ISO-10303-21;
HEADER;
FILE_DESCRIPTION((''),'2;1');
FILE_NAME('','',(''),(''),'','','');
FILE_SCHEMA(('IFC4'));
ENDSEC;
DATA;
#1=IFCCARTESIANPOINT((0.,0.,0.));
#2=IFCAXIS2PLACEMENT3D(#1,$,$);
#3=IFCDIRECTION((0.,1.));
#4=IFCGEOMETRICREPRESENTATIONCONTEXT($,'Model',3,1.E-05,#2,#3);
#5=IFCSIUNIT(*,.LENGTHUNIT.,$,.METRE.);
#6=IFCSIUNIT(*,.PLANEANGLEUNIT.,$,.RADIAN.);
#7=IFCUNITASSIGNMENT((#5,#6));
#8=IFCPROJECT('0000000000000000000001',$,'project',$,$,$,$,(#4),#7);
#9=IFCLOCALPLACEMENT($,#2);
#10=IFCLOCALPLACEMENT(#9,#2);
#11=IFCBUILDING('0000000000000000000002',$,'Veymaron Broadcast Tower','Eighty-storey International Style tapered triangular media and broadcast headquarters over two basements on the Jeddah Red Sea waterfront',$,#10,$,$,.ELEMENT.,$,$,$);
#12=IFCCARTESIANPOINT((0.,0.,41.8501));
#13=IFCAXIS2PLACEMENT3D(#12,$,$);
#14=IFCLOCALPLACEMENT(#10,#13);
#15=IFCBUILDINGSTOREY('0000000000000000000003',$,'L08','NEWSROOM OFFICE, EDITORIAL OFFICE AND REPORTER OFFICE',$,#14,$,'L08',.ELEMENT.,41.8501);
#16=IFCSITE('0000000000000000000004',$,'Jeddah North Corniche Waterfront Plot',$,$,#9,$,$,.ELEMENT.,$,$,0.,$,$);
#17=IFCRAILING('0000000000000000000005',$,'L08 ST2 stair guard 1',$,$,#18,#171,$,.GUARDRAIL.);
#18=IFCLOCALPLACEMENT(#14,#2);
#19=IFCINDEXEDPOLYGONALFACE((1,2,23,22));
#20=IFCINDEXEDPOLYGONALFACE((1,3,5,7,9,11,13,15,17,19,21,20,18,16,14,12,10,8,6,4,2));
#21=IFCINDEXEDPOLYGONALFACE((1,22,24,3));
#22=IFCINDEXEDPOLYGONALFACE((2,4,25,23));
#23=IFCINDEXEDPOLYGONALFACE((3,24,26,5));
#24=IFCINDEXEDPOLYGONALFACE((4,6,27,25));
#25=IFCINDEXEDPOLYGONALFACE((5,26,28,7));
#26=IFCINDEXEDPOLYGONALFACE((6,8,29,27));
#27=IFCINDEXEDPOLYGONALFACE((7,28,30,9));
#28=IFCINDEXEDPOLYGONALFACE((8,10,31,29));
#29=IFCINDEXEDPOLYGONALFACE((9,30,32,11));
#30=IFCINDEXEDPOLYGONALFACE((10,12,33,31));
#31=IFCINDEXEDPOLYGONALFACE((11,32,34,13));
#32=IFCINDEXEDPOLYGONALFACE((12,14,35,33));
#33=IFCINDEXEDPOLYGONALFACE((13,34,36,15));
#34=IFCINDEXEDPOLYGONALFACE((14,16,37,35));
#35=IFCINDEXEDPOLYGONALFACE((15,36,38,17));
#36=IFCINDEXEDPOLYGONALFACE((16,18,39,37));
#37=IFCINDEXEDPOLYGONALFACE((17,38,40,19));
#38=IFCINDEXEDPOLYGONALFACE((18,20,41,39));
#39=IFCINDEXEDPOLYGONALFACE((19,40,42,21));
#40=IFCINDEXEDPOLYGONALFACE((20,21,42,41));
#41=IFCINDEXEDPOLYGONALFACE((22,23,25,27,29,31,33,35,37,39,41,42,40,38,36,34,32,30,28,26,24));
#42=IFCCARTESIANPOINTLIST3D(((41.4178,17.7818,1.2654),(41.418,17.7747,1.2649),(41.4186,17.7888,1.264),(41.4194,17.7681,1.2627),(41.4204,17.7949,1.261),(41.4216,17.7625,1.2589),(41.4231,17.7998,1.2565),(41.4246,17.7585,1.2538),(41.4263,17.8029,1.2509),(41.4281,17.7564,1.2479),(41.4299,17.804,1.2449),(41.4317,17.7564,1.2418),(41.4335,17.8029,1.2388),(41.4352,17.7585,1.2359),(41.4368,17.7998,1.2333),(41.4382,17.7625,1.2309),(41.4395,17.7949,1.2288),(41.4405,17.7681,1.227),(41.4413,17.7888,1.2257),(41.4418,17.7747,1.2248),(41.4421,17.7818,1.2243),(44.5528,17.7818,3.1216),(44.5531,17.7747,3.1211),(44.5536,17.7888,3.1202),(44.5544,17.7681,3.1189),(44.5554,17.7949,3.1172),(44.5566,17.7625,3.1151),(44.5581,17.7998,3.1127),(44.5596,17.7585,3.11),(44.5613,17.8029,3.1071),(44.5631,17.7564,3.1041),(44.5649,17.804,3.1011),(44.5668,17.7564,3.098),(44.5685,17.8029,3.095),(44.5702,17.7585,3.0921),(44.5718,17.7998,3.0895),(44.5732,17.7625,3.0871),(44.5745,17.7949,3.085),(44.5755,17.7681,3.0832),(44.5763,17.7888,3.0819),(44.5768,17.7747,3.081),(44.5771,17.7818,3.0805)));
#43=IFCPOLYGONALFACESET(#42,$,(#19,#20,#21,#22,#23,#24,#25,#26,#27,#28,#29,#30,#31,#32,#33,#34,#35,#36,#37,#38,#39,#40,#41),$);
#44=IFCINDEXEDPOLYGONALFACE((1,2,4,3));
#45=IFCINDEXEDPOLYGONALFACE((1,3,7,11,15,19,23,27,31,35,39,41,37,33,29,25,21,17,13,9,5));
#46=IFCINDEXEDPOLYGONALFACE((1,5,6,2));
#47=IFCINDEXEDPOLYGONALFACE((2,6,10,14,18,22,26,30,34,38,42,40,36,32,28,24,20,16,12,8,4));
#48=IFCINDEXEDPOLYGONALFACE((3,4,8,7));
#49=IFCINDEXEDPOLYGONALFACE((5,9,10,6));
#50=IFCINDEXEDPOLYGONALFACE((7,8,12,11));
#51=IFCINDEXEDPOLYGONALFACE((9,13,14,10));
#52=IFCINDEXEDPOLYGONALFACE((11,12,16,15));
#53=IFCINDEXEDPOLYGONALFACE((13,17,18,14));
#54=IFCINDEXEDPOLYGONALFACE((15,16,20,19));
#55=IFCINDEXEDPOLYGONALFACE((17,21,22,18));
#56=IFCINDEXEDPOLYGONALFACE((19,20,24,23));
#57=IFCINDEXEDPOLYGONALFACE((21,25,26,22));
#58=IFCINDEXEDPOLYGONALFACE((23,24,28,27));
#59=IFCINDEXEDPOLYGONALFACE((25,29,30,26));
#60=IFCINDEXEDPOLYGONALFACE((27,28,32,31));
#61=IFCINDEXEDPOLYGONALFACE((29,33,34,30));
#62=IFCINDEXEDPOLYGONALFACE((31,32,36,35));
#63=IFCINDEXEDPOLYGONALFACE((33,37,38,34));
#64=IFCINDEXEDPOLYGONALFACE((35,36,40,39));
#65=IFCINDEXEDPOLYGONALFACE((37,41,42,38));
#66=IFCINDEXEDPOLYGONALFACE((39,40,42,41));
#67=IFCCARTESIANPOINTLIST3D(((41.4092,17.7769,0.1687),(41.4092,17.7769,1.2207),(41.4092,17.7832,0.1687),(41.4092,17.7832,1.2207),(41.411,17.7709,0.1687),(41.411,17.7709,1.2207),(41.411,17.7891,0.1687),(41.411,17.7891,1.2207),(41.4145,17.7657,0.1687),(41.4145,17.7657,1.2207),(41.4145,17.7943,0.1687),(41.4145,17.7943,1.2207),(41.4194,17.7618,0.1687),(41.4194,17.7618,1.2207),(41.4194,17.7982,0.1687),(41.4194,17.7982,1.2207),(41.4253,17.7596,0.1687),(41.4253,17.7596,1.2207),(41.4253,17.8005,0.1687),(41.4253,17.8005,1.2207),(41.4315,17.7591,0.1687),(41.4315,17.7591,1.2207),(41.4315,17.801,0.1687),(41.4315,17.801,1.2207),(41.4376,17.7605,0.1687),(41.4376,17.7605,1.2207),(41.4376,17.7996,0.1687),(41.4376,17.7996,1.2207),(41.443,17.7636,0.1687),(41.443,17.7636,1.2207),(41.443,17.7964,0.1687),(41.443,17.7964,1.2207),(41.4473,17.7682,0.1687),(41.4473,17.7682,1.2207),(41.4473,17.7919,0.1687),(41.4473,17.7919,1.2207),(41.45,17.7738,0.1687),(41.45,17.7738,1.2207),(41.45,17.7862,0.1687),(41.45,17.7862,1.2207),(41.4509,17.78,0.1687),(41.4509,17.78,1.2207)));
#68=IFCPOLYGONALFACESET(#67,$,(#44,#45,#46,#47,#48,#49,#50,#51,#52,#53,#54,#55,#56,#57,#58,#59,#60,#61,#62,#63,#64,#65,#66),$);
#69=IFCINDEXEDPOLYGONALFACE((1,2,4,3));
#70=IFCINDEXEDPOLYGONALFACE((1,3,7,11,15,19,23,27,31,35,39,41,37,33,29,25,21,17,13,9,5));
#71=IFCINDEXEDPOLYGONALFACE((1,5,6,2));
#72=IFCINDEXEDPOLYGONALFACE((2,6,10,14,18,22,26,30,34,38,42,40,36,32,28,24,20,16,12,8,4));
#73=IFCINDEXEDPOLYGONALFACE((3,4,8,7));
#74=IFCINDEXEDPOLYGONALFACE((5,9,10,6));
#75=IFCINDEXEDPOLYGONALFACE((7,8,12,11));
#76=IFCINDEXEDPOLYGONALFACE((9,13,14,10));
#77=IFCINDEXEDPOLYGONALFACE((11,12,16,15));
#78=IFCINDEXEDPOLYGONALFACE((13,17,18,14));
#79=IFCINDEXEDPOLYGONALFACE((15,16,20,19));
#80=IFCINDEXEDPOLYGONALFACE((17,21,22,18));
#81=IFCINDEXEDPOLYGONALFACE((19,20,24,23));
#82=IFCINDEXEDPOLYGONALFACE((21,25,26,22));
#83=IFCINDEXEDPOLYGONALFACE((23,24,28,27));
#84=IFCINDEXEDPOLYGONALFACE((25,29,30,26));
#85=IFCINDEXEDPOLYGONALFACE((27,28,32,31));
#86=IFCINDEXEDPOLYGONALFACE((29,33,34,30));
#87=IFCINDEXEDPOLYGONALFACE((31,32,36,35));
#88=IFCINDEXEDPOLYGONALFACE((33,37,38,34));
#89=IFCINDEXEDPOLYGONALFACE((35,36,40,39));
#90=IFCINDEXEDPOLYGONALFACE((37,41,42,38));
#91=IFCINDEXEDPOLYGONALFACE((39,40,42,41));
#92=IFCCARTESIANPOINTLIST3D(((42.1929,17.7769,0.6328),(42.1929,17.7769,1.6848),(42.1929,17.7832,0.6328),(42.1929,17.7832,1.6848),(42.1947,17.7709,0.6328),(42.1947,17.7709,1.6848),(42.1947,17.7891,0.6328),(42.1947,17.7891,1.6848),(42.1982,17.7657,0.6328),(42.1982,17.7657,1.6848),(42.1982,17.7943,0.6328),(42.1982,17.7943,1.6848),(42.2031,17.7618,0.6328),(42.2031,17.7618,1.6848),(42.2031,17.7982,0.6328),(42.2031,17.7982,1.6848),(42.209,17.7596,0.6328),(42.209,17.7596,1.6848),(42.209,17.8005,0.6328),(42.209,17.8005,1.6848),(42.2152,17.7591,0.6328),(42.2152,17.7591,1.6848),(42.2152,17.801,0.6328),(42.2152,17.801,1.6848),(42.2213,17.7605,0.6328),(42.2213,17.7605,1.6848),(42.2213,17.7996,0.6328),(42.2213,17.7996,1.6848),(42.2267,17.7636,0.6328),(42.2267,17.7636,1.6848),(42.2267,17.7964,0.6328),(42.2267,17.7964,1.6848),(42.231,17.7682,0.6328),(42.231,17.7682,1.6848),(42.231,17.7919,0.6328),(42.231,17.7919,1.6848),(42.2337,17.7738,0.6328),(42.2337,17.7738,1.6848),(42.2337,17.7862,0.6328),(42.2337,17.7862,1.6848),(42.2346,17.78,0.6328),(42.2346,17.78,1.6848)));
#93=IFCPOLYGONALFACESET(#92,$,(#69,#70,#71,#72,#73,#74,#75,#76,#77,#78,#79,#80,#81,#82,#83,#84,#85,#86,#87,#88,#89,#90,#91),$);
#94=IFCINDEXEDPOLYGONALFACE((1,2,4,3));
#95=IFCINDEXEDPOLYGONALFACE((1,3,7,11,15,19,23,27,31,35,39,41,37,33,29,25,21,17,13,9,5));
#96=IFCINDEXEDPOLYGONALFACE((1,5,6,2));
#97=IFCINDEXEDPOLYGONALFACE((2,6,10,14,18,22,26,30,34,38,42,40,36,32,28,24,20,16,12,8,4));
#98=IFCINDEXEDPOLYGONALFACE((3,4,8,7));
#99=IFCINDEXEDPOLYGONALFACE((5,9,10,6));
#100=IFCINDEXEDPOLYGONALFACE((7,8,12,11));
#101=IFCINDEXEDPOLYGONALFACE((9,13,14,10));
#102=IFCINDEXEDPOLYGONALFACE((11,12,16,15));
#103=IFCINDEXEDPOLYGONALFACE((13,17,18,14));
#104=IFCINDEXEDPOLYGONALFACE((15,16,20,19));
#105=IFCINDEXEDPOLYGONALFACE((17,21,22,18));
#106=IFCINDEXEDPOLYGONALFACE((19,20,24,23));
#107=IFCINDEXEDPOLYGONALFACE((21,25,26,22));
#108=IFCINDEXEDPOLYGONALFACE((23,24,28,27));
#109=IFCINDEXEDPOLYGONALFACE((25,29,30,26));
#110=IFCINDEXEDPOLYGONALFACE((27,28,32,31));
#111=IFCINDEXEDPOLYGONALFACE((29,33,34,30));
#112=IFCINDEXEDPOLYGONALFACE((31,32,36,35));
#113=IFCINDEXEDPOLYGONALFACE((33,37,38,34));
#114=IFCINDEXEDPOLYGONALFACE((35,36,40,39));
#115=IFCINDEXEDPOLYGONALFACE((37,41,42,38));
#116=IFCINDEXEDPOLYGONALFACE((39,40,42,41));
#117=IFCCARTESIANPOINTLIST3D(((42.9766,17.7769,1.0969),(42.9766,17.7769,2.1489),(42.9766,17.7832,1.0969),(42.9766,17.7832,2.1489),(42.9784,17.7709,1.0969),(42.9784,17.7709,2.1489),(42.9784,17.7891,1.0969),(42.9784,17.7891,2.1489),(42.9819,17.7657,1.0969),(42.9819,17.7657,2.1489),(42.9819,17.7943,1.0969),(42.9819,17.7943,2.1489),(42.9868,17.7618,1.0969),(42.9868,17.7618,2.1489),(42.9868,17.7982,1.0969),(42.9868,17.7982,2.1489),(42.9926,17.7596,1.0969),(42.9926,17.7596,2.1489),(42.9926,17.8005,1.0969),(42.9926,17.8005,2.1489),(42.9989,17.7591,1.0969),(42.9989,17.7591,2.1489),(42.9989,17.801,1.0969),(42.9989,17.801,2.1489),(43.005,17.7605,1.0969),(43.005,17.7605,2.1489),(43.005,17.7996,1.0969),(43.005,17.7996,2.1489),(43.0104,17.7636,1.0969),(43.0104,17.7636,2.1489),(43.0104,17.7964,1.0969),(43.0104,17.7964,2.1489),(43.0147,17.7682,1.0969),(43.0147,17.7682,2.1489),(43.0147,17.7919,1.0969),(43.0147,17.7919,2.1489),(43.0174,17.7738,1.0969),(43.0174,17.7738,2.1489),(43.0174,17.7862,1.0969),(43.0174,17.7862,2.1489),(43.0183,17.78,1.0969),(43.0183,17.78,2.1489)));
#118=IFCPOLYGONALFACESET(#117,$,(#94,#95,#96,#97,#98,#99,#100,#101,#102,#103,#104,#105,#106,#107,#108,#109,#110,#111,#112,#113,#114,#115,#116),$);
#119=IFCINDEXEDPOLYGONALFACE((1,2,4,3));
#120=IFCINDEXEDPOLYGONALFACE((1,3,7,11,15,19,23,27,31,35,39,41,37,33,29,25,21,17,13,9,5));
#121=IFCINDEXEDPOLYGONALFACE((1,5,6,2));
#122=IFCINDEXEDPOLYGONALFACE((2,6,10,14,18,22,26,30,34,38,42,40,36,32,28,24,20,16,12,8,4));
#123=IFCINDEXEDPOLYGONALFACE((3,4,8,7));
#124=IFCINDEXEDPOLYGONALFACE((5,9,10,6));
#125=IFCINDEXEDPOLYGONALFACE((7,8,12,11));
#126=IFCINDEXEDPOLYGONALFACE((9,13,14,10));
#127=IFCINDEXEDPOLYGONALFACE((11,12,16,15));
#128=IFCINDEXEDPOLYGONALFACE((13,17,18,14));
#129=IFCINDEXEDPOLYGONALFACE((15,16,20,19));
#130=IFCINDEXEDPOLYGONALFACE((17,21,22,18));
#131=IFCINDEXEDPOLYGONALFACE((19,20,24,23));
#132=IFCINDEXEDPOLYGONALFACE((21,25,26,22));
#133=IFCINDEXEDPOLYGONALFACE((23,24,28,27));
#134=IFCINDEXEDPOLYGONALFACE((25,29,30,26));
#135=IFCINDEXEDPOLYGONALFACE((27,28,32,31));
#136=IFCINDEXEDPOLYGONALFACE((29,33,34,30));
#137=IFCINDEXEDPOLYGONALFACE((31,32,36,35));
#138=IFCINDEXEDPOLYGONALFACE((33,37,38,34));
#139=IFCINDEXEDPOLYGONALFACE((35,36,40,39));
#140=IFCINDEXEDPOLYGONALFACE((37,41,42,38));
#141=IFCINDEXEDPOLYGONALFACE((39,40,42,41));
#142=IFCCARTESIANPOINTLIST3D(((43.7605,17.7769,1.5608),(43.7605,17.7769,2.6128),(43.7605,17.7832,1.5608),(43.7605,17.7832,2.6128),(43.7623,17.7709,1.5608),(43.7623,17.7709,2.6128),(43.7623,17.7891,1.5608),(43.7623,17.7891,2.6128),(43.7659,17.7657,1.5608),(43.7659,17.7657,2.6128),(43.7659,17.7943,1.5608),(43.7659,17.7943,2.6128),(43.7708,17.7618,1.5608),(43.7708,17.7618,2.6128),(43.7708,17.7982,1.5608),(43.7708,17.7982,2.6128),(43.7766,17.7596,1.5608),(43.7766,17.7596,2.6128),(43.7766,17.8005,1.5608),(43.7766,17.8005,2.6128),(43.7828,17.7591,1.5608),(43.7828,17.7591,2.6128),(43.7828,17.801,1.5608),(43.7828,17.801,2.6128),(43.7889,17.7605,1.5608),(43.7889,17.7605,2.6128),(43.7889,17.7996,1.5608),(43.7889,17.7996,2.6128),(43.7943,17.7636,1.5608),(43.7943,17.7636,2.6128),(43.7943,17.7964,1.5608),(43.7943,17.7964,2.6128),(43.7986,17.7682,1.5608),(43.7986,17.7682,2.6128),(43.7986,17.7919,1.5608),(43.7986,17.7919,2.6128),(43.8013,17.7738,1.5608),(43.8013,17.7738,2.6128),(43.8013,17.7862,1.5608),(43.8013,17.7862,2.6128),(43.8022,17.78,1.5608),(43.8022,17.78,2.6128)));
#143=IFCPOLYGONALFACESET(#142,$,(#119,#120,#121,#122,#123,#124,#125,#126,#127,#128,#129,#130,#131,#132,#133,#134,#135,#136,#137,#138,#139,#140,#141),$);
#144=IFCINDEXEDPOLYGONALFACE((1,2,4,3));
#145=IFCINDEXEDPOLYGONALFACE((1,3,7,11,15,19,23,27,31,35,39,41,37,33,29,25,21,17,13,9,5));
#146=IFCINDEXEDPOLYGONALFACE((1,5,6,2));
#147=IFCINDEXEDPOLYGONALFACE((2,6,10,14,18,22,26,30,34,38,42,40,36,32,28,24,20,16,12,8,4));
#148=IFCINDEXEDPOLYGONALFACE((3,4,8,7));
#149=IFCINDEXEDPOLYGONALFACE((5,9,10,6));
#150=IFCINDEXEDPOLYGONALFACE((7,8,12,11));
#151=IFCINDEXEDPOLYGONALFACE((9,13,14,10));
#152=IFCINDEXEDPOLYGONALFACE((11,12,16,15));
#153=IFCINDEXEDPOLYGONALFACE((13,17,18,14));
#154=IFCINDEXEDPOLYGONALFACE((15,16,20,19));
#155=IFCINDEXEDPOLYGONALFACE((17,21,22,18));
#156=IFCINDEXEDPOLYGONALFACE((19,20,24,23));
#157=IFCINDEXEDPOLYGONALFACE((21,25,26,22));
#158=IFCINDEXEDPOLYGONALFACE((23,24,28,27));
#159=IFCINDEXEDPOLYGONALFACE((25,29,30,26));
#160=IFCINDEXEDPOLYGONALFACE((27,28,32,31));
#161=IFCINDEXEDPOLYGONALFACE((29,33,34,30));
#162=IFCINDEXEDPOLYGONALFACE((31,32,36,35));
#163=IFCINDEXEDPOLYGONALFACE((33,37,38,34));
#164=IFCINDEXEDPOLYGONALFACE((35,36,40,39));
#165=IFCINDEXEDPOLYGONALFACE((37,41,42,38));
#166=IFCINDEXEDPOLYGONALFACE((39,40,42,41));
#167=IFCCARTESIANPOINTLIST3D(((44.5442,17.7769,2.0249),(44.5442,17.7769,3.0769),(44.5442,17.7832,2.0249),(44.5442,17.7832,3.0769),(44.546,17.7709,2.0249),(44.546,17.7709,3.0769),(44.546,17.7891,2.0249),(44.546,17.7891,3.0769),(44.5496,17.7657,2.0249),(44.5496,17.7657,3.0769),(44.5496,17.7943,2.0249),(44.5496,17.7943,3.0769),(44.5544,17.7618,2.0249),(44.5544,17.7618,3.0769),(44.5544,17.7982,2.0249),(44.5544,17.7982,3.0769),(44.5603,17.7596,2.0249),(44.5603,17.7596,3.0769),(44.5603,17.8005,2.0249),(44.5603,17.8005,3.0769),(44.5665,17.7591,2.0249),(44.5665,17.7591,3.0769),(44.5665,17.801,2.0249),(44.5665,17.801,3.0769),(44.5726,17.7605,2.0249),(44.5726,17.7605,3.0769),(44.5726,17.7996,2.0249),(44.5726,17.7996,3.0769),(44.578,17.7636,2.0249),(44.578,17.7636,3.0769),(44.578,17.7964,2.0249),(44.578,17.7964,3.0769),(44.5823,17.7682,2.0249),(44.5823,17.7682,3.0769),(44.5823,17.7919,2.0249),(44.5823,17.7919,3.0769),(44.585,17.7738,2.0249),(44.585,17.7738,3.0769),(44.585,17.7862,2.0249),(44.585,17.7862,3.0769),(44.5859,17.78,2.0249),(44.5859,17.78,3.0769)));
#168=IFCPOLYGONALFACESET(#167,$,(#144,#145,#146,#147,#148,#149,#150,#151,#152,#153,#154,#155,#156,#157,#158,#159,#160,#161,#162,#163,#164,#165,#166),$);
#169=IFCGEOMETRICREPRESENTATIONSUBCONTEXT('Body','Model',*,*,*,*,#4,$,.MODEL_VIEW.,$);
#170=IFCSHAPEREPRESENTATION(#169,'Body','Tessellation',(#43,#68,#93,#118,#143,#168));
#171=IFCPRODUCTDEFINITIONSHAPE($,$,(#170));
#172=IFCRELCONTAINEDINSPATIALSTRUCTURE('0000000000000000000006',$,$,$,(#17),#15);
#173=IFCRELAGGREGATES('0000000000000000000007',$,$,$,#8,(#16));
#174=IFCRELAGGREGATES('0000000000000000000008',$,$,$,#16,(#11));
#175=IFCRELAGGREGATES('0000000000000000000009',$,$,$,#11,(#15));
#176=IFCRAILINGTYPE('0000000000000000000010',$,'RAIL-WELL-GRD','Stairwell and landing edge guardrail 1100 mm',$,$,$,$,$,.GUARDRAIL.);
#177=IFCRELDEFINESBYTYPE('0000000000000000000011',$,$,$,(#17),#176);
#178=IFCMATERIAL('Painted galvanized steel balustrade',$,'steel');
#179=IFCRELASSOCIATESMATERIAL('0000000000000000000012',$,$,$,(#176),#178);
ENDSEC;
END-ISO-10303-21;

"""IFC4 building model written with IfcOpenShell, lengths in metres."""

from ifc_helpers import new_model, si_unit, direction, frame, origin, origin_2d, place, context, subcontext, project, spatial, circle, extrude, material, type_object, element, save


model = new_model("IFC4")

# Units and contexts
model_context = context("Model", 3, precision=1e-05, world=origin(), true_north=direction((0.0, 1.0)))
body_context = subcontext(model_context, "Body", "Model", "MODEL_VIEW")
ifc_project = project(units=[si_unit("LENGTHUNIT", "METRE"), si_unit("PLANEANGLEUNIT", "RADIAN")], contexts=[model_context])

# Site, building, storey
site_placement = place(None, origin())
site = spatial("IfcSite", under=ifc_project, at=site_placement, Name="Jeddah North Corniche Waterfront Plot", CompositionType="ELEMENT", RefElevation=0.0)
building_placement = place(site_placement, origin())
building = spatial("IfcBuilding", under=site, at=building_placement, Name="Veymaron Broadcast Tower", Description="Eighty-storey International Style tapered triangular media and broadcast headquarters over two basements on the Jeddah Red Sea waterfront", CompositionType="ELEMENT")
storey_placement = place(building_placement, frame((0.0, 0.0, 41.8501)))
storey = spatial("IfcBuildingStorey", under=building, at=storey_placement, Name="L08", Description="NEWSROOM OFFICE, EDITORIAL OFFICE AND REPORTER OFFICE", LongName="L08", CompositionType="ELEMENT", Elevation=41.8501)

# Railing
ifc_material_1 = material(Name="Painted galvanized steel balustrade", Category="steel")
railing_type_1 = type_object("IfcRailingType", Name="RAIL-WELL-GRD", Description="Stairwell and landing edge guardrail 1100 mm", PredefinedType="GUARDRAIL", material=ifc_material_1)
railing_1_placement = place(storey_placement, frame((41.4299, 17.78, 0.1687)))
element("IfcRailing", 1, at=railing_1_placement, inside=storey, type_object=railing_type_1, Name="L08 ST2 stair guard 1", PredefinedType="GUARDRAIL", context=body_context, shape_type="SweptSolid", body=[
    extrude(circle(Radius=0.0239, at=origin_2d()), frame((0.0, 0.0, 1.0762), z_axis=(0.860482, 0.0, 0.509481), x_axis=(0.0, 1.0, 0.0)), (0.0, 0.0, 1.0), 3.6433),
    extrude(circle(Radius=0.021, at=origin_2d()), origin(), (0.0, 0.0, 1.0), 1.052),
    extrude(circle(Radius=0.021, at=origin_2d()), frame((0.7837, 0.0, 0.4641)), (0.0, 0.0, 1.0), 1.052),
    extrude(circle(Radius=0.021, at=origin_2d()), frame((1.5674, 0.0, 0.9282)), (0.0, 0.0, 1.0), 1.052),
    extrude(circle(Radius=0.021, at=origin_2d()), frame((2.3513, 0.0, 1.3921)), (0.0, 0.0, 1.0), 1.052),
    extrude(circle(Radius=0.021, at=origin_2d()), frame((3.135, 0.0, 1.8562)), (0.0, 0.0, 1.0), 1.052),
])

save(model, "model.ifc")
